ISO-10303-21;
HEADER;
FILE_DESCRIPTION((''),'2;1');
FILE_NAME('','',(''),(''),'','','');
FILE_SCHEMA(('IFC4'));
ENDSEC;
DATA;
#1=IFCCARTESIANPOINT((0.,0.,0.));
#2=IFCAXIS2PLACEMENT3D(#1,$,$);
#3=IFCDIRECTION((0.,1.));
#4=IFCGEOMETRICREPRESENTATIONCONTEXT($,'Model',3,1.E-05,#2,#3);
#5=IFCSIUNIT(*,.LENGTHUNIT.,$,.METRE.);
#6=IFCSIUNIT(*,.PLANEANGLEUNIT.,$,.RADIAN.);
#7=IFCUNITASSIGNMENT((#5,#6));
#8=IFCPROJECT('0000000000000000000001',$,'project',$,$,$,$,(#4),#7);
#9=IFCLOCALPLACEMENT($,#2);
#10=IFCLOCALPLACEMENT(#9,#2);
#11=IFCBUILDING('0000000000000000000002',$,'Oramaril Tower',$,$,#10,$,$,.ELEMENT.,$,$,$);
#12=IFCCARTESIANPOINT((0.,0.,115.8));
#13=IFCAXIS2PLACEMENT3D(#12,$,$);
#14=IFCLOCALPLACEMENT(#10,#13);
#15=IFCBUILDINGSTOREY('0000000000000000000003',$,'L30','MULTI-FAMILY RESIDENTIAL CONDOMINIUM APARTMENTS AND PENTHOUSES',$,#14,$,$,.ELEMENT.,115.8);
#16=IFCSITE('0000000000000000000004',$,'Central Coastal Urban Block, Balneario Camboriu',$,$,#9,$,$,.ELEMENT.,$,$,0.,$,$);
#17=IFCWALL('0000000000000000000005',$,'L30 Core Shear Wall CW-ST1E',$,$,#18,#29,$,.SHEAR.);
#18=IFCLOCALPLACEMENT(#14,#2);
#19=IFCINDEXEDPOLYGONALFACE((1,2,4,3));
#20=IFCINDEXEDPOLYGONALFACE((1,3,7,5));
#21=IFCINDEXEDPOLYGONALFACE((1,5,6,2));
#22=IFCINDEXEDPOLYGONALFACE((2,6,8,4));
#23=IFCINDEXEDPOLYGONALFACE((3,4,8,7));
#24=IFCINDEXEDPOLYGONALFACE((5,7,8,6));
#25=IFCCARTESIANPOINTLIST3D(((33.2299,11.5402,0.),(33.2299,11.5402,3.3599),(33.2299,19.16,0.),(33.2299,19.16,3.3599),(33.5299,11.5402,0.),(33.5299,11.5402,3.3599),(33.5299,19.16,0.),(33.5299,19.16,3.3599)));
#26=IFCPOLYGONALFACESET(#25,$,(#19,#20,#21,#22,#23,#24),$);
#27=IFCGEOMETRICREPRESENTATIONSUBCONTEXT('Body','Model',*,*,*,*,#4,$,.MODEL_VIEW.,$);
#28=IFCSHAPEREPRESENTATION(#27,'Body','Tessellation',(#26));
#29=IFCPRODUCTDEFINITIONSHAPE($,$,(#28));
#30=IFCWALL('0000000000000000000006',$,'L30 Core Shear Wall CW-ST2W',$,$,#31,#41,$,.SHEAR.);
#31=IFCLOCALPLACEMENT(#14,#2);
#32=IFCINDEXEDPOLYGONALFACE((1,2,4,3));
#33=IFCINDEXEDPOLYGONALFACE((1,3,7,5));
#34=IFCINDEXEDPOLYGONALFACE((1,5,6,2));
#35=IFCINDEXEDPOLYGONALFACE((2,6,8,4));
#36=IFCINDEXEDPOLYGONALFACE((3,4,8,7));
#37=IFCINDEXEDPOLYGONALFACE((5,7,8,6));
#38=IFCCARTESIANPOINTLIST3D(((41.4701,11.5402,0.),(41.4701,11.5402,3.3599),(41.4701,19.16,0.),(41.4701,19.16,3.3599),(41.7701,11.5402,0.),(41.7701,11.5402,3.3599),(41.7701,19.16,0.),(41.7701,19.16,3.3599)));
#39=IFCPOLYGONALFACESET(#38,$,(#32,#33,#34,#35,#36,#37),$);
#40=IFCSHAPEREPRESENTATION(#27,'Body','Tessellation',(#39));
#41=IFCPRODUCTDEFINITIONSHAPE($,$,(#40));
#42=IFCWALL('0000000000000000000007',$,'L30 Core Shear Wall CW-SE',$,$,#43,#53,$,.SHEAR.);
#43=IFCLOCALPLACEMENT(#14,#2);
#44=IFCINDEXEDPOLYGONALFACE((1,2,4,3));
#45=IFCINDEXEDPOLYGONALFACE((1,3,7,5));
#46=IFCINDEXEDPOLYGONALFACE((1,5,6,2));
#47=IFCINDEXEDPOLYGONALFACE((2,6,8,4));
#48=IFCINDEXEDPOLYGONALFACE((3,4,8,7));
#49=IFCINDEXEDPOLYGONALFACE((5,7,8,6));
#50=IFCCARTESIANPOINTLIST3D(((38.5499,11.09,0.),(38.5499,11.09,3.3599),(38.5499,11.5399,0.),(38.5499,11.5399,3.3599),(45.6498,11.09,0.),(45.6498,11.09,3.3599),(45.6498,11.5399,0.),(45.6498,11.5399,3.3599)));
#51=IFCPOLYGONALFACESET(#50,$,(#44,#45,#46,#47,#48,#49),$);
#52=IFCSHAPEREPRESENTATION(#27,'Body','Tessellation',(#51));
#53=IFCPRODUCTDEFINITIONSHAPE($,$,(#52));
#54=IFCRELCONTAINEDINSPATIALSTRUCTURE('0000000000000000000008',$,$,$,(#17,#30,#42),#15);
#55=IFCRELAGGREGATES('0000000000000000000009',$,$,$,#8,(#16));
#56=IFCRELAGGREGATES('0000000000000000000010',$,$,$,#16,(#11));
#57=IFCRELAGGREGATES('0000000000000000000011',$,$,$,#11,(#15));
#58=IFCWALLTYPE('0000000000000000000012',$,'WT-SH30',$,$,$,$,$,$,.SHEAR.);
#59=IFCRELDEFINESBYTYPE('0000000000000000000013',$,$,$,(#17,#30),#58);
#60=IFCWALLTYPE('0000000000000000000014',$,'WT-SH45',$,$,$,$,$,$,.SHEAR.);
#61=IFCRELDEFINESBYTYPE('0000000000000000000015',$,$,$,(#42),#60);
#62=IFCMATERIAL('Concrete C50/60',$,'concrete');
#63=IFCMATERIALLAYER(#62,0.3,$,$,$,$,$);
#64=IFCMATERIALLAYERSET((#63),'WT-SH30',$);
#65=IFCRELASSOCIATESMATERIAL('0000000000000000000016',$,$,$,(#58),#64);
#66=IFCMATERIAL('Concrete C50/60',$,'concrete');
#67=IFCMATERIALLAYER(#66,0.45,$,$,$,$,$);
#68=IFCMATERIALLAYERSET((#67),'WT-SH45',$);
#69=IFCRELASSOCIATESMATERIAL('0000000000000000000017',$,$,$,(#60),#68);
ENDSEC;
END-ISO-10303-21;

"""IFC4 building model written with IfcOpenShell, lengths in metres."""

from ifc_helpers import new_model, si_unit, direction, frame, frame_2d, origin, place, context, subcontext, project, spatial, rectangle, extrude, material, layer, layer_set, type_object, element, save


model = new_model("IFC4")

# Units and contexts
model_context = context("Model", 3, precision=1e-05, world=origin(), true_north=direction((0.0, 1.0)))
body_context = subcontext(model_context, "Body", "Model", "MODEL_VIEW")
ifc_project = project(units=[si_unit("LENGTHUNIT", "METRE"), si_unit("PLANEANGLEUNIT", "RADIAN")], contexts=[model_context])

# Site, building, storey
site_placement = place(None, origin())
site = spatial("IfcSite", under=ifc_project, at=site_placement, Name="Central Coastal Urban Block, Balneario Camboriu", CompositionType="ELEMENT", RefElevation=0.0)
building_placement = place(site_placement, origin())
building = spatial("IfcBuilding", under=site, at=building_placement, Name="Oramaril Tower", CompositionType="ELEMENT")
storey_placement = place(building_placement, frame((0.0, 0.0, 115.8)))
storey = spatial("IfcBuildingStorey", under=building, at=storey_placement, Name="L30", Description="MULTI-FAMILY RESIDENTIAL CONDOMINIUM APARTMENTS AND PENTHOUSES", CompositionType="ELEMENT", Elevation=115.8)

# Walls
ifc_material_1 = material(Name="Concrete C50/60", Category="concrete")
ifc_layer_1 = layer(ifc_material_1, 0.3)
ifc_layer_set_1 = layer_set([ifc_layer_1], Name="WT-SH30")
wall_type_1 = type_object("IfcWallType", Name="WT-SH30", PredefinedType="SHEAR", material=ifc_layer_set_1)
for number, where, z_axis, x_axis, name in (
    (1, (33.3799, 11.54, 0.0), (0.0, 0.0, 1.0), (0.0, 1.0, 0.0), "L30 Core Shear Wall CW-ST1E"),
    (2, (41.6201, 11.54, 0.0), (0.0, 0.0, 1.0), (0.0, 1.0, 0.0), "L30 Core Shear Wall CW-ST2W"),
):
    element("IfcWall", number, at=place(storey_placement, frame(where, z_axis=z_axis, x_axis=x_axis)), inside=storey, type_object=wall_type_1, Name=name, PredefinedType="SHEAR", context=body_context, shape_type="SweptSolid", body=[
        extrude(rectangle(XDim=7.6199, YDim=0.3, at=frame_2d((3.8101, 0.0))), origin(), (0.0, 0.0, 1.0), 3.3599),
    ])
ifc_material_2 = material(Name="Concrete C50/60", Category="concrete")
ifc_layer_2 = layer(ifc_material_2, 0.45)
ifc_layer_set_2 = layer_set([ifc_layer_2], Name="WT-SH45")
wall_type_2 = type_object("IfcWallType", Name="WT-SH45", PredefinedType="SHEAR", material=ifc_layer_set_2)
wall_1_placement = place(storey_placement, frame((38.55, 11.3149, 0.0), z_axis=(0.0, 0.0, 1.0), x_axis=(1.0, 0.0, 0.0)))
element("IfcWall", 3, at=wall_1_placement, inside=storey, type_object=wall_type_2, Name="L30 Core Shear Wall CW-SE", PredefinedType="SHEAR", context=body_context, shape_type="SweptSolid", body=[
    extrude(rectangle(XDim=7.0999, YDim=0.45, at=frame_2d((3.5498, 0.0))), origin(), (0.0, 0.0, 1.0), 3.3599),
])

save(model, "model.ifc")
